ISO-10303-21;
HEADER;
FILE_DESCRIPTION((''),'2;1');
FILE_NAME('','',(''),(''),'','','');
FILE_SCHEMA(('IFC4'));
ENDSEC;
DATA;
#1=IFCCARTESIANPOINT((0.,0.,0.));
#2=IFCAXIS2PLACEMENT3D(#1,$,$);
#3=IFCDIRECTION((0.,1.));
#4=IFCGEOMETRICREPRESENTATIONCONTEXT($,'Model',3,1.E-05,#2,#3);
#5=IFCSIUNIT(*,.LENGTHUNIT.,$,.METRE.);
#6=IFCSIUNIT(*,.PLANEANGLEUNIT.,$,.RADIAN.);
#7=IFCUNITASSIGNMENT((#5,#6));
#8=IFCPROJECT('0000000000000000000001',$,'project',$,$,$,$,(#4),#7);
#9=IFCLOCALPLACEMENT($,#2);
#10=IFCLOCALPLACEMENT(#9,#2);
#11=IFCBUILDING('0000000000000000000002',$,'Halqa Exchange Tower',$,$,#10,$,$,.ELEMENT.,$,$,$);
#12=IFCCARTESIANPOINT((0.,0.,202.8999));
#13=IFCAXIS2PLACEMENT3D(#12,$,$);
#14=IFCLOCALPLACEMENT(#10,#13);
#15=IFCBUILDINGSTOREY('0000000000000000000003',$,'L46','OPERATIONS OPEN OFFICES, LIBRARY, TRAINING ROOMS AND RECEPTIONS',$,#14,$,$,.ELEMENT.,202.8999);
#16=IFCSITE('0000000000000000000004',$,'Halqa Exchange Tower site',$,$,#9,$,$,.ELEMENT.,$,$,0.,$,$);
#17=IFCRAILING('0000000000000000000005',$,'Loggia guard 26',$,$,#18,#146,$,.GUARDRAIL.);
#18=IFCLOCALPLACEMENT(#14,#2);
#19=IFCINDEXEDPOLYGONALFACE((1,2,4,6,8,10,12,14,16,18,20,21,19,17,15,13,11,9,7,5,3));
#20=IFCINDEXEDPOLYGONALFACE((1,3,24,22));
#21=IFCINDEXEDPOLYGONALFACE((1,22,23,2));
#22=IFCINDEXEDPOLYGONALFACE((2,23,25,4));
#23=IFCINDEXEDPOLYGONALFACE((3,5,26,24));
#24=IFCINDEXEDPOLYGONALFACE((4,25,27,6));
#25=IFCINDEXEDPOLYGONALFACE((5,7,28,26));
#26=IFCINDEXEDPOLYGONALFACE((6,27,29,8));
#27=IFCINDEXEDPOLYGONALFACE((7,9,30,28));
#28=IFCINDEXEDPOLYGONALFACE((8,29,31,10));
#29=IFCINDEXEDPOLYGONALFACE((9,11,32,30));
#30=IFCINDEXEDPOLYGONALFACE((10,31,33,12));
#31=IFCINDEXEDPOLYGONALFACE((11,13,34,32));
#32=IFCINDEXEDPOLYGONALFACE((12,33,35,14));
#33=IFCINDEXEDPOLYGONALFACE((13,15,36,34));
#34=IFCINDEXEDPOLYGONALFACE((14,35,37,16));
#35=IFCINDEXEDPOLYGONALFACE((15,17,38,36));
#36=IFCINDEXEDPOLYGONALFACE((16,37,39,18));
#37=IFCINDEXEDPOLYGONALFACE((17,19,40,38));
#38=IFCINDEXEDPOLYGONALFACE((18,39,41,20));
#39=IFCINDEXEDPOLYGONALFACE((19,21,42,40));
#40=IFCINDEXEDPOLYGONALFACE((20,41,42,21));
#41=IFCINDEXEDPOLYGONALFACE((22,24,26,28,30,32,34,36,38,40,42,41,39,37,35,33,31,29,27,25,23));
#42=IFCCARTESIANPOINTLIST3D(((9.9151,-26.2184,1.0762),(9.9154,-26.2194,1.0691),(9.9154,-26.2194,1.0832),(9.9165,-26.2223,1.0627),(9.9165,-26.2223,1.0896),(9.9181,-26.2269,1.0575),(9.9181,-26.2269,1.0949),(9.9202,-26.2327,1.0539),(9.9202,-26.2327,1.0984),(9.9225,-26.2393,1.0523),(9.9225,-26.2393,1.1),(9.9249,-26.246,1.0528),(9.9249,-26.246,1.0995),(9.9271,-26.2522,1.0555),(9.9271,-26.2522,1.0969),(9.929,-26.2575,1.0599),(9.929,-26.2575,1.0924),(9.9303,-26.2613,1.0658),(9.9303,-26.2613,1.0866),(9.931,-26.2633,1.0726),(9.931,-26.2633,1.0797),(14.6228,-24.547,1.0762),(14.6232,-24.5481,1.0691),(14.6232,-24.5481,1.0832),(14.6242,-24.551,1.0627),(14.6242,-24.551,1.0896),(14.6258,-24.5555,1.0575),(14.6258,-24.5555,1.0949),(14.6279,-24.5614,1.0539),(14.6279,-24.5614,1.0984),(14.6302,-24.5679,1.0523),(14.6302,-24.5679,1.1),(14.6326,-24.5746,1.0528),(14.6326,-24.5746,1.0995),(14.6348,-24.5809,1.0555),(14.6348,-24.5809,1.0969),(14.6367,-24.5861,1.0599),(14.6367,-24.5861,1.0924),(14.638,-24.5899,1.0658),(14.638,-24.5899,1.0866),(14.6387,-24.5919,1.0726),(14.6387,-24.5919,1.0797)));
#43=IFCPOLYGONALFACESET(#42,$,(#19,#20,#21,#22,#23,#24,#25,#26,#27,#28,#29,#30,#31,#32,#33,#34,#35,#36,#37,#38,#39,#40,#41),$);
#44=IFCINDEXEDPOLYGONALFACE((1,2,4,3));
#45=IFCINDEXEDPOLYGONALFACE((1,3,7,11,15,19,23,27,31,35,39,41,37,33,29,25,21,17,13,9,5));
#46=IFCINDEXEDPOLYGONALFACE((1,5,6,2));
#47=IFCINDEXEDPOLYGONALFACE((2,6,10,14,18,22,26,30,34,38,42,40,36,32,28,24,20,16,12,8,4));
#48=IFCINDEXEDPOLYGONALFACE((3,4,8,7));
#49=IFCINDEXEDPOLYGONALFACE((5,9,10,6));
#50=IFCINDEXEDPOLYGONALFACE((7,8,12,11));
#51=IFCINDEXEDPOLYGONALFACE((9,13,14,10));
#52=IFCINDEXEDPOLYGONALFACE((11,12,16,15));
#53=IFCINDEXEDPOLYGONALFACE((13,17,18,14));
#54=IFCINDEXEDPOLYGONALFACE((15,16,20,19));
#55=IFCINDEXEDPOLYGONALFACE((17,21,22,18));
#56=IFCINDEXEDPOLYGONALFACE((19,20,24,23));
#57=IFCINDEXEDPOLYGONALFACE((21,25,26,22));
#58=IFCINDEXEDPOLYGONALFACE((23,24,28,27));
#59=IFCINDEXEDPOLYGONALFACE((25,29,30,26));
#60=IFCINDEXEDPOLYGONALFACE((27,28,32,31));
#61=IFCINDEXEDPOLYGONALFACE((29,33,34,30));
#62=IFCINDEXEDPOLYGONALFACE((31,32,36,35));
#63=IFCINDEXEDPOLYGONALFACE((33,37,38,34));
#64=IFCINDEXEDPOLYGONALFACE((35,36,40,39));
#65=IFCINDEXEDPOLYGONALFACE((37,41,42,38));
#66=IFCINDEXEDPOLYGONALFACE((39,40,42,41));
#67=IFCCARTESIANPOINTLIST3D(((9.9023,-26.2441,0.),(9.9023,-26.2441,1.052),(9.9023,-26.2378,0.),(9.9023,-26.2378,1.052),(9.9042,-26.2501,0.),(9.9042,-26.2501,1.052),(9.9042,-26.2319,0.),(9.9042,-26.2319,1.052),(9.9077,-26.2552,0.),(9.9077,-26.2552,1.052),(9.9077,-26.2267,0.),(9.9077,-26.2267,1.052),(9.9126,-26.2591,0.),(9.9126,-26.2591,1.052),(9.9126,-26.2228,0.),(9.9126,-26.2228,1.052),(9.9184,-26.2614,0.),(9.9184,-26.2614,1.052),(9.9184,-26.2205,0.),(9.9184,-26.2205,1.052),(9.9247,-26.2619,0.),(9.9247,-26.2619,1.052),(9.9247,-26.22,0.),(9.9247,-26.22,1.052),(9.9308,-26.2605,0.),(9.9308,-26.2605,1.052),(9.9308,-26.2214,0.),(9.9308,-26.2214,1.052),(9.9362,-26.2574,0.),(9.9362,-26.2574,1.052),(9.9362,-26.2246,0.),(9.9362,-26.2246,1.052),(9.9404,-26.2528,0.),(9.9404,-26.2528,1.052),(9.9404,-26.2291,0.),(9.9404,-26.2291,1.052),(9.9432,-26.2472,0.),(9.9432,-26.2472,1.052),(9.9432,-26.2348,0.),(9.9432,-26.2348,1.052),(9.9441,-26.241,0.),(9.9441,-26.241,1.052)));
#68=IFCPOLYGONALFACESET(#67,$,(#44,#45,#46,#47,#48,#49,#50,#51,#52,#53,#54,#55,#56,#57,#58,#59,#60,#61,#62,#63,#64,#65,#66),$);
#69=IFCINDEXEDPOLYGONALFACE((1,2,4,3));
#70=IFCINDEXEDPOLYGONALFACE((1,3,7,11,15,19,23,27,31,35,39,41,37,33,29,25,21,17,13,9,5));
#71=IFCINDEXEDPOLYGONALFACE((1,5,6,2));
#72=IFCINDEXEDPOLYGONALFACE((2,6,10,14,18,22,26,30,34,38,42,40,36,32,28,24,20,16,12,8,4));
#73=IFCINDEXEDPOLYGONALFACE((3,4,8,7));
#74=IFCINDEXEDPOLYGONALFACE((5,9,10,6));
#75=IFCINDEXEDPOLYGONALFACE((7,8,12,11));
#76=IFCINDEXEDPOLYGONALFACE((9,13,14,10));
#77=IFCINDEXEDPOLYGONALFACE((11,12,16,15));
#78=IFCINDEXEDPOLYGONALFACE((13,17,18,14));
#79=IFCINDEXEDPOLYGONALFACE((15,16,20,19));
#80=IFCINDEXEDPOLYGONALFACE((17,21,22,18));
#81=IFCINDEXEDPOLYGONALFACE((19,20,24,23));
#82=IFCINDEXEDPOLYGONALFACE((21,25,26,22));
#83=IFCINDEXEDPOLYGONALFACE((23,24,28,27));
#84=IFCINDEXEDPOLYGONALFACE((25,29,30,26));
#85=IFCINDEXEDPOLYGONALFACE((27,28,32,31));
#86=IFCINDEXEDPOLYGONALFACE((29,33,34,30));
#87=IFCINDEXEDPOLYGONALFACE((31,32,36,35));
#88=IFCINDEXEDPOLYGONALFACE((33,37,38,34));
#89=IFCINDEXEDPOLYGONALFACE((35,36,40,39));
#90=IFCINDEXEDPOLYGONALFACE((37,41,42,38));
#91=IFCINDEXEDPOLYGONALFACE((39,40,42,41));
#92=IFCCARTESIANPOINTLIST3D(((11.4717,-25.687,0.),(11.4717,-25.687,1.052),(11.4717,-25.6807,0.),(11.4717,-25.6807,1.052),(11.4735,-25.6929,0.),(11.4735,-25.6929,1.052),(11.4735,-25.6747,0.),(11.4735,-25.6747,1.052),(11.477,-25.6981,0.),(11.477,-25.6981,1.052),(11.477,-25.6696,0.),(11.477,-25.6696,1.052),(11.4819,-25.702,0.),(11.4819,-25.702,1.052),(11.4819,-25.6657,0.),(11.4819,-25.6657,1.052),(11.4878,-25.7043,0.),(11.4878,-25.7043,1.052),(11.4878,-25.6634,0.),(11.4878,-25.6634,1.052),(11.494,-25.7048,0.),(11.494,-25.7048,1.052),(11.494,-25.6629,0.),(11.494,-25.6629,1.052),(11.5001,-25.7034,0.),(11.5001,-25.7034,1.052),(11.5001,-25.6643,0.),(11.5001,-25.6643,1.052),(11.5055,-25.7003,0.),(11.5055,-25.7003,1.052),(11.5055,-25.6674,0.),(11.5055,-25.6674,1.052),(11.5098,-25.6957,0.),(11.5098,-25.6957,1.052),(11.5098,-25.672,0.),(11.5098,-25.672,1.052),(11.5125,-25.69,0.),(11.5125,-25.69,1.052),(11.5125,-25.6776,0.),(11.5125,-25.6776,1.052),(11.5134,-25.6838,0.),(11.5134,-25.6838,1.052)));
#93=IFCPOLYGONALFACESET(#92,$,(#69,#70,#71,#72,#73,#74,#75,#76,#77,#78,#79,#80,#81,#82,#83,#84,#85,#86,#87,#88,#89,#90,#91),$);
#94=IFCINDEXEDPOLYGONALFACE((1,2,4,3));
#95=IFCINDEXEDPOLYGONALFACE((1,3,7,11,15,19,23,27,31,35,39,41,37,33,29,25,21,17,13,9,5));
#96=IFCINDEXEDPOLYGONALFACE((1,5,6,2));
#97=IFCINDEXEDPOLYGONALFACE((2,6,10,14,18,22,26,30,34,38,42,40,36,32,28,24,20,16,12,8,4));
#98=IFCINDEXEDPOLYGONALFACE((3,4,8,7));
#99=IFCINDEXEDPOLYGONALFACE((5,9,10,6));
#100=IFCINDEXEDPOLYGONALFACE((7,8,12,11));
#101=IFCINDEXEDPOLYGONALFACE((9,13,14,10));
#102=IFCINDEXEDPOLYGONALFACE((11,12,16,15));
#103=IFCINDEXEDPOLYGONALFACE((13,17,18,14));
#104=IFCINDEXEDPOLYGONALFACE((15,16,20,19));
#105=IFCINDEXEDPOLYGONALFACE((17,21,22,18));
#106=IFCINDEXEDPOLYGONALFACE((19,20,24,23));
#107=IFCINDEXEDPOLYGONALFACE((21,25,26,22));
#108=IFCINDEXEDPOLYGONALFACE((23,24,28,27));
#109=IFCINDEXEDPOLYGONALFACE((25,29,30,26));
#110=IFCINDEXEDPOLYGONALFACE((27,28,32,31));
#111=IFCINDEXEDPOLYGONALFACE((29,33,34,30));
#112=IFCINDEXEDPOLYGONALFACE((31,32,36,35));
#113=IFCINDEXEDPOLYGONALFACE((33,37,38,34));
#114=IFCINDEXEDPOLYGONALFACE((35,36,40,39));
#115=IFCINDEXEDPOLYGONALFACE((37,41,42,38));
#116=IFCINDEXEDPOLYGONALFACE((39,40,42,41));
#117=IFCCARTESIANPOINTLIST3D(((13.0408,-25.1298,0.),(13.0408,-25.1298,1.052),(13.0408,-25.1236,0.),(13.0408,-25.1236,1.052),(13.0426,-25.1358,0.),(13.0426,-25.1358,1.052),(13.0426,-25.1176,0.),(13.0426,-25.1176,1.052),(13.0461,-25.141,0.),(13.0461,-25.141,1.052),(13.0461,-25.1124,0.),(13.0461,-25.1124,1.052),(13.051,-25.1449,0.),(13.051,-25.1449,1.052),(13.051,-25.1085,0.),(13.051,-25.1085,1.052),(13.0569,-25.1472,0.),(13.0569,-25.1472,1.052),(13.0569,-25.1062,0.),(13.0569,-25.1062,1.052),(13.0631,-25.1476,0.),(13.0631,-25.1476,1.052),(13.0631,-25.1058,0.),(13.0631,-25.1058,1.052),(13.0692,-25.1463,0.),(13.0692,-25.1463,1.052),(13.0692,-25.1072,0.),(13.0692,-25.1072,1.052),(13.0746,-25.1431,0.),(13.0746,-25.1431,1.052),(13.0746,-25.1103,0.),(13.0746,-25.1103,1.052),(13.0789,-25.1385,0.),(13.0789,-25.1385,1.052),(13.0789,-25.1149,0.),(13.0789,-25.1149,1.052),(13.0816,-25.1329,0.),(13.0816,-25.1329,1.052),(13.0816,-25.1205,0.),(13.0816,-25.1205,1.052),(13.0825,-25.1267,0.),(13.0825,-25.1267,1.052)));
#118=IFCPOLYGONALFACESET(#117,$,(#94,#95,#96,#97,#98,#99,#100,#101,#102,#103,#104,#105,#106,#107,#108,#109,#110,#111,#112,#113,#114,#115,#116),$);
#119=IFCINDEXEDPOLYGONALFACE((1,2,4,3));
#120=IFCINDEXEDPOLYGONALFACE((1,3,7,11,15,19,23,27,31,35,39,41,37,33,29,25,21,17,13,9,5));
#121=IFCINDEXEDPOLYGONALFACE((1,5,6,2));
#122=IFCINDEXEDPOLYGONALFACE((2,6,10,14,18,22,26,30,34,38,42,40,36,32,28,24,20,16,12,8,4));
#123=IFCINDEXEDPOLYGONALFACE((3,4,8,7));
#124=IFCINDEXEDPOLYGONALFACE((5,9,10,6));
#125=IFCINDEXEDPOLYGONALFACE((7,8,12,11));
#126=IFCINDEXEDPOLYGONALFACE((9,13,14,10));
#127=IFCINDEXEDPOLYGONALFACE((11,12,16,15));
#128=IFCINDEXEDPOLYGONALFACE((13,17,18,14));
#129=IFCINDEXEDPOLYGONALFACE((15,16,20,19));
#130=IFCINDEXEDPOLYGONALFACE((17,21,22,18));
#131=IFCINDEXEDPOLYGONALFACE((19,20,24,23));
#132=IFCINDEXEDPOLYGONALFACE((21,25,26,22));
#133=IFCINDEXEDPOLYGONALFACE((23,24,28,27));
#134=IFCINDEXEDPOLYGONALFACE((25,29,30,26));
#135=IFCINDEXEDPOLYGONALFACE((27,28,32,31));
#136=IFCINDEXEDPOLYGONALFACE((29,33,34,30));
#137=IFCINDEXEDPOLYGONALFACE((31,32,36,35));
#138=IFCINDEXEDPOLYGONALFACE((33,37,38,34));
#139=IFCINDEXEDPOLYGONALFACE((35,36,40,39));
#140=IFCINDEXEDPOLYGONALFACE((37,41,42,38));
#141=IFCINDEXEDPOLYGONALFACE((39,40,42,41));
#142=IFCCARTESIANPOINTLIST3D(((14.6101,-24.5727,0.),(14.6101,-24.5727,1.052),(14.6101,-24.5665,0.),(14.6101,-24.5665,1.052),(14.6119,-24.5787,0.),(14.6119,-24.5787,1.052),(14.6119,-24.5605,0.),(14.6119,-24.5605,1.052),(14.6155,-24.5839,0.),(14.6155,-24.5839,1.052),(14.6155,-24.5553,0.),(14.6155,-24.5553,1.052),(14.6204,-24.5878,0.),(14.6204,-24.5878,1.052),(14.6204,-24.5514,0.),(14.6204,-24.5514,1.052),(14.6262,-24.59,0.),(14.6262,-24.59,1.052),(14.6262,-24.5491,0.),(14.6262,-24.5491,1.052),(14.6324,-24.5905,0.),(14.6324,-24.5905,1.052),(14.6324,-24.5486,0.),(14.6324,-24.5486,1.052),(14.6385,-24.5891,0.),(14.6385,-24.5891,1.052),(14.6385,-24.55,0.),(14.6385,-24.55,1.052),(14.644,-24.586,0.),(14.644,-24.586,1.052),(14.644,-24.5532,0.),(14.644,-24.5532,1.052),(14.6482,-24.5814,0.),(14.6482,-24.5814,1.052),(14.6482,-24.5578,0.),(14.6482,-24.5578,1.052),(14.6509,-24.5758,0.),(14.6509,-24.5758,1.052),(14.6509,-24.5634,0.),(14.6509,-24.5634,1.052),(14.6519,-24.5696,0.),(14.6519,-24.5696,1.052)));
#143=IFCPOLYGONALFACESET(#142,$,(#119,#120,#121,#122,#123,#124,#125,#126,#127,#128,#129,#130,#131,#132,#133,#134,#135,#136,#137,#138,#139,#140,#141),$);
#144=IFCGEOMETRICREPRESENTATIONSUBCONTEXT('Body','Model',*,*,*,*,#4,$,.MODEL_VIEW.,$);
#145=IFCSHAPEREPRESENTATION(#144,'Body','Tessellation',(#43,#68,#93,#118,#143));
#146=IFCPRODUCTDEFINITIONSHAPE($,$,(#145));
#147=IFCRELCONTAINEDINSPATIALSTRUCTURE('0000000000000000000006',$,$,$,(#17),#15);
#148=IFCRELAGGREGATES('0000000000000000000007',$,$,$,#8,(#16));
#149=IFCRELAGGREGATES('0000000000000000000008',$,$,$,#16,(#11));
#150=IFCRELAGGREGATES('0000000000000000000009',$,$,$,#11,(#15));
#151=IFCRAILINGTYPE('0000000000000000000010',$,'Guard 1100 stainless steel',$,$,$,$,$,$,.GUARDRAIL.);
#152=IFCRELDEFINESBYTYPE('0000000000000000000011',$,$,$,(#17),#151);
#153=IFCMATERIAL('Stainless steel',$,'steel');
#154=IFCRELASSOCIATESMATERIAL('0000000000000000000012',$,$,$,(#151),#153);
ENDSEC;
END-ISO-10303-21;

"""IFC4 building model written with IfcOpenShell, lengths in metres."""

from ifc_helpers import new_model, si_unit, direction, frame, origin, origin_2d, place, context, subcontext, project, spatial, circle, extrude, material, type_object, element, save


model = new_model("IFC4")

# Units and contexts
model_context = context("Model", 3, precision=1e-05, world=origin(), true_north=direction((0.0, 1.0)))
body_context = subcontext(model_context, "Body", "Model", "MODEL_VIEW")
ifc_project = project(units=[si_unit("LENGTHUNIT", "METRE"), si_unit("PLANEANGLEUNIT", "RADIAN")], contexts=[model_context])

# Site, building, storey
site_placement = place(None, origin())
site = spatial("IfcSite", under=ifc_project, at=site_placement, Name="Halqa Exchange Tower site", CompositionType="ELEMENT", RefElevation=0.0)
building_placement = place(site_placement, origin())
building = spatial("IfcBuilding", under=site, at=building_placement, Name="Halqa Exchange Tower", CompositionType="ELEMENT")
storey_placement = place(building_placement, frame((0.0, 0.0, 202.8999)))
storey = spatial("IfcBuildingStorey", under=building, at=storey_placement, Name="L46", Description="OPERATIONS OPEN OFFICES, LIBRARY, TRAINING ROOMS AND RECEPTIONS", CompositionType="ELEMENT", Elevation=202.8999)

# Railing
ifc_material_1 = material(Name="Stainless steel", Category="steel")
railing_type_1 = type_object("IfcRailingType", Name="Guard 1100 stainless steel", PredefinedType="GUARDRAIL", material=ifc_material_1)
railing_1_placement = place(storey_placement, frame((9.9231, -26.241, 0.0)))
element("IfcRailing", 1, at=railing_1_placement, inside=storey, type_object=railing_type_1, Name="Loggia guard 26", PredefinedType="GUARDRAIL", context=body_context, shape_type="SweptSolid", body=[
    extrude(circle(Radius=0.0239, at=origin_2d()), frame((0.0, 0.0, 1.0762), z_axis=(0.942372, 0.334568, 0.0), x_axis=(-0.334568, 0.942372, 0.0)), (0.0, 0.0, 1.0), 4.9956),
    extrude(circle(Radius=0.021, at=origin_2d()), origin(), (0.0, 0.0, 1.0), 1.052),
    extrude(circle(Radius=0.021, at=origin_2d()), frame((1.5693, 0.5571, 0.0)), (0.0, 0.0, 1.0), 1.052),
    extrude(circle(Radius=0.021, at=origin_2d()), frame((3.1384, 1.1143, 0.0)), (0.0, 0.0, 1.0), 1.052),
    extrude(circle(Radius=0.021, at=origin_2d()), frame((4.7078, 1.6714, 0.0)), (0.0, 0.0, 1.0), 1.052),
])

save(model, "model.ifc")
